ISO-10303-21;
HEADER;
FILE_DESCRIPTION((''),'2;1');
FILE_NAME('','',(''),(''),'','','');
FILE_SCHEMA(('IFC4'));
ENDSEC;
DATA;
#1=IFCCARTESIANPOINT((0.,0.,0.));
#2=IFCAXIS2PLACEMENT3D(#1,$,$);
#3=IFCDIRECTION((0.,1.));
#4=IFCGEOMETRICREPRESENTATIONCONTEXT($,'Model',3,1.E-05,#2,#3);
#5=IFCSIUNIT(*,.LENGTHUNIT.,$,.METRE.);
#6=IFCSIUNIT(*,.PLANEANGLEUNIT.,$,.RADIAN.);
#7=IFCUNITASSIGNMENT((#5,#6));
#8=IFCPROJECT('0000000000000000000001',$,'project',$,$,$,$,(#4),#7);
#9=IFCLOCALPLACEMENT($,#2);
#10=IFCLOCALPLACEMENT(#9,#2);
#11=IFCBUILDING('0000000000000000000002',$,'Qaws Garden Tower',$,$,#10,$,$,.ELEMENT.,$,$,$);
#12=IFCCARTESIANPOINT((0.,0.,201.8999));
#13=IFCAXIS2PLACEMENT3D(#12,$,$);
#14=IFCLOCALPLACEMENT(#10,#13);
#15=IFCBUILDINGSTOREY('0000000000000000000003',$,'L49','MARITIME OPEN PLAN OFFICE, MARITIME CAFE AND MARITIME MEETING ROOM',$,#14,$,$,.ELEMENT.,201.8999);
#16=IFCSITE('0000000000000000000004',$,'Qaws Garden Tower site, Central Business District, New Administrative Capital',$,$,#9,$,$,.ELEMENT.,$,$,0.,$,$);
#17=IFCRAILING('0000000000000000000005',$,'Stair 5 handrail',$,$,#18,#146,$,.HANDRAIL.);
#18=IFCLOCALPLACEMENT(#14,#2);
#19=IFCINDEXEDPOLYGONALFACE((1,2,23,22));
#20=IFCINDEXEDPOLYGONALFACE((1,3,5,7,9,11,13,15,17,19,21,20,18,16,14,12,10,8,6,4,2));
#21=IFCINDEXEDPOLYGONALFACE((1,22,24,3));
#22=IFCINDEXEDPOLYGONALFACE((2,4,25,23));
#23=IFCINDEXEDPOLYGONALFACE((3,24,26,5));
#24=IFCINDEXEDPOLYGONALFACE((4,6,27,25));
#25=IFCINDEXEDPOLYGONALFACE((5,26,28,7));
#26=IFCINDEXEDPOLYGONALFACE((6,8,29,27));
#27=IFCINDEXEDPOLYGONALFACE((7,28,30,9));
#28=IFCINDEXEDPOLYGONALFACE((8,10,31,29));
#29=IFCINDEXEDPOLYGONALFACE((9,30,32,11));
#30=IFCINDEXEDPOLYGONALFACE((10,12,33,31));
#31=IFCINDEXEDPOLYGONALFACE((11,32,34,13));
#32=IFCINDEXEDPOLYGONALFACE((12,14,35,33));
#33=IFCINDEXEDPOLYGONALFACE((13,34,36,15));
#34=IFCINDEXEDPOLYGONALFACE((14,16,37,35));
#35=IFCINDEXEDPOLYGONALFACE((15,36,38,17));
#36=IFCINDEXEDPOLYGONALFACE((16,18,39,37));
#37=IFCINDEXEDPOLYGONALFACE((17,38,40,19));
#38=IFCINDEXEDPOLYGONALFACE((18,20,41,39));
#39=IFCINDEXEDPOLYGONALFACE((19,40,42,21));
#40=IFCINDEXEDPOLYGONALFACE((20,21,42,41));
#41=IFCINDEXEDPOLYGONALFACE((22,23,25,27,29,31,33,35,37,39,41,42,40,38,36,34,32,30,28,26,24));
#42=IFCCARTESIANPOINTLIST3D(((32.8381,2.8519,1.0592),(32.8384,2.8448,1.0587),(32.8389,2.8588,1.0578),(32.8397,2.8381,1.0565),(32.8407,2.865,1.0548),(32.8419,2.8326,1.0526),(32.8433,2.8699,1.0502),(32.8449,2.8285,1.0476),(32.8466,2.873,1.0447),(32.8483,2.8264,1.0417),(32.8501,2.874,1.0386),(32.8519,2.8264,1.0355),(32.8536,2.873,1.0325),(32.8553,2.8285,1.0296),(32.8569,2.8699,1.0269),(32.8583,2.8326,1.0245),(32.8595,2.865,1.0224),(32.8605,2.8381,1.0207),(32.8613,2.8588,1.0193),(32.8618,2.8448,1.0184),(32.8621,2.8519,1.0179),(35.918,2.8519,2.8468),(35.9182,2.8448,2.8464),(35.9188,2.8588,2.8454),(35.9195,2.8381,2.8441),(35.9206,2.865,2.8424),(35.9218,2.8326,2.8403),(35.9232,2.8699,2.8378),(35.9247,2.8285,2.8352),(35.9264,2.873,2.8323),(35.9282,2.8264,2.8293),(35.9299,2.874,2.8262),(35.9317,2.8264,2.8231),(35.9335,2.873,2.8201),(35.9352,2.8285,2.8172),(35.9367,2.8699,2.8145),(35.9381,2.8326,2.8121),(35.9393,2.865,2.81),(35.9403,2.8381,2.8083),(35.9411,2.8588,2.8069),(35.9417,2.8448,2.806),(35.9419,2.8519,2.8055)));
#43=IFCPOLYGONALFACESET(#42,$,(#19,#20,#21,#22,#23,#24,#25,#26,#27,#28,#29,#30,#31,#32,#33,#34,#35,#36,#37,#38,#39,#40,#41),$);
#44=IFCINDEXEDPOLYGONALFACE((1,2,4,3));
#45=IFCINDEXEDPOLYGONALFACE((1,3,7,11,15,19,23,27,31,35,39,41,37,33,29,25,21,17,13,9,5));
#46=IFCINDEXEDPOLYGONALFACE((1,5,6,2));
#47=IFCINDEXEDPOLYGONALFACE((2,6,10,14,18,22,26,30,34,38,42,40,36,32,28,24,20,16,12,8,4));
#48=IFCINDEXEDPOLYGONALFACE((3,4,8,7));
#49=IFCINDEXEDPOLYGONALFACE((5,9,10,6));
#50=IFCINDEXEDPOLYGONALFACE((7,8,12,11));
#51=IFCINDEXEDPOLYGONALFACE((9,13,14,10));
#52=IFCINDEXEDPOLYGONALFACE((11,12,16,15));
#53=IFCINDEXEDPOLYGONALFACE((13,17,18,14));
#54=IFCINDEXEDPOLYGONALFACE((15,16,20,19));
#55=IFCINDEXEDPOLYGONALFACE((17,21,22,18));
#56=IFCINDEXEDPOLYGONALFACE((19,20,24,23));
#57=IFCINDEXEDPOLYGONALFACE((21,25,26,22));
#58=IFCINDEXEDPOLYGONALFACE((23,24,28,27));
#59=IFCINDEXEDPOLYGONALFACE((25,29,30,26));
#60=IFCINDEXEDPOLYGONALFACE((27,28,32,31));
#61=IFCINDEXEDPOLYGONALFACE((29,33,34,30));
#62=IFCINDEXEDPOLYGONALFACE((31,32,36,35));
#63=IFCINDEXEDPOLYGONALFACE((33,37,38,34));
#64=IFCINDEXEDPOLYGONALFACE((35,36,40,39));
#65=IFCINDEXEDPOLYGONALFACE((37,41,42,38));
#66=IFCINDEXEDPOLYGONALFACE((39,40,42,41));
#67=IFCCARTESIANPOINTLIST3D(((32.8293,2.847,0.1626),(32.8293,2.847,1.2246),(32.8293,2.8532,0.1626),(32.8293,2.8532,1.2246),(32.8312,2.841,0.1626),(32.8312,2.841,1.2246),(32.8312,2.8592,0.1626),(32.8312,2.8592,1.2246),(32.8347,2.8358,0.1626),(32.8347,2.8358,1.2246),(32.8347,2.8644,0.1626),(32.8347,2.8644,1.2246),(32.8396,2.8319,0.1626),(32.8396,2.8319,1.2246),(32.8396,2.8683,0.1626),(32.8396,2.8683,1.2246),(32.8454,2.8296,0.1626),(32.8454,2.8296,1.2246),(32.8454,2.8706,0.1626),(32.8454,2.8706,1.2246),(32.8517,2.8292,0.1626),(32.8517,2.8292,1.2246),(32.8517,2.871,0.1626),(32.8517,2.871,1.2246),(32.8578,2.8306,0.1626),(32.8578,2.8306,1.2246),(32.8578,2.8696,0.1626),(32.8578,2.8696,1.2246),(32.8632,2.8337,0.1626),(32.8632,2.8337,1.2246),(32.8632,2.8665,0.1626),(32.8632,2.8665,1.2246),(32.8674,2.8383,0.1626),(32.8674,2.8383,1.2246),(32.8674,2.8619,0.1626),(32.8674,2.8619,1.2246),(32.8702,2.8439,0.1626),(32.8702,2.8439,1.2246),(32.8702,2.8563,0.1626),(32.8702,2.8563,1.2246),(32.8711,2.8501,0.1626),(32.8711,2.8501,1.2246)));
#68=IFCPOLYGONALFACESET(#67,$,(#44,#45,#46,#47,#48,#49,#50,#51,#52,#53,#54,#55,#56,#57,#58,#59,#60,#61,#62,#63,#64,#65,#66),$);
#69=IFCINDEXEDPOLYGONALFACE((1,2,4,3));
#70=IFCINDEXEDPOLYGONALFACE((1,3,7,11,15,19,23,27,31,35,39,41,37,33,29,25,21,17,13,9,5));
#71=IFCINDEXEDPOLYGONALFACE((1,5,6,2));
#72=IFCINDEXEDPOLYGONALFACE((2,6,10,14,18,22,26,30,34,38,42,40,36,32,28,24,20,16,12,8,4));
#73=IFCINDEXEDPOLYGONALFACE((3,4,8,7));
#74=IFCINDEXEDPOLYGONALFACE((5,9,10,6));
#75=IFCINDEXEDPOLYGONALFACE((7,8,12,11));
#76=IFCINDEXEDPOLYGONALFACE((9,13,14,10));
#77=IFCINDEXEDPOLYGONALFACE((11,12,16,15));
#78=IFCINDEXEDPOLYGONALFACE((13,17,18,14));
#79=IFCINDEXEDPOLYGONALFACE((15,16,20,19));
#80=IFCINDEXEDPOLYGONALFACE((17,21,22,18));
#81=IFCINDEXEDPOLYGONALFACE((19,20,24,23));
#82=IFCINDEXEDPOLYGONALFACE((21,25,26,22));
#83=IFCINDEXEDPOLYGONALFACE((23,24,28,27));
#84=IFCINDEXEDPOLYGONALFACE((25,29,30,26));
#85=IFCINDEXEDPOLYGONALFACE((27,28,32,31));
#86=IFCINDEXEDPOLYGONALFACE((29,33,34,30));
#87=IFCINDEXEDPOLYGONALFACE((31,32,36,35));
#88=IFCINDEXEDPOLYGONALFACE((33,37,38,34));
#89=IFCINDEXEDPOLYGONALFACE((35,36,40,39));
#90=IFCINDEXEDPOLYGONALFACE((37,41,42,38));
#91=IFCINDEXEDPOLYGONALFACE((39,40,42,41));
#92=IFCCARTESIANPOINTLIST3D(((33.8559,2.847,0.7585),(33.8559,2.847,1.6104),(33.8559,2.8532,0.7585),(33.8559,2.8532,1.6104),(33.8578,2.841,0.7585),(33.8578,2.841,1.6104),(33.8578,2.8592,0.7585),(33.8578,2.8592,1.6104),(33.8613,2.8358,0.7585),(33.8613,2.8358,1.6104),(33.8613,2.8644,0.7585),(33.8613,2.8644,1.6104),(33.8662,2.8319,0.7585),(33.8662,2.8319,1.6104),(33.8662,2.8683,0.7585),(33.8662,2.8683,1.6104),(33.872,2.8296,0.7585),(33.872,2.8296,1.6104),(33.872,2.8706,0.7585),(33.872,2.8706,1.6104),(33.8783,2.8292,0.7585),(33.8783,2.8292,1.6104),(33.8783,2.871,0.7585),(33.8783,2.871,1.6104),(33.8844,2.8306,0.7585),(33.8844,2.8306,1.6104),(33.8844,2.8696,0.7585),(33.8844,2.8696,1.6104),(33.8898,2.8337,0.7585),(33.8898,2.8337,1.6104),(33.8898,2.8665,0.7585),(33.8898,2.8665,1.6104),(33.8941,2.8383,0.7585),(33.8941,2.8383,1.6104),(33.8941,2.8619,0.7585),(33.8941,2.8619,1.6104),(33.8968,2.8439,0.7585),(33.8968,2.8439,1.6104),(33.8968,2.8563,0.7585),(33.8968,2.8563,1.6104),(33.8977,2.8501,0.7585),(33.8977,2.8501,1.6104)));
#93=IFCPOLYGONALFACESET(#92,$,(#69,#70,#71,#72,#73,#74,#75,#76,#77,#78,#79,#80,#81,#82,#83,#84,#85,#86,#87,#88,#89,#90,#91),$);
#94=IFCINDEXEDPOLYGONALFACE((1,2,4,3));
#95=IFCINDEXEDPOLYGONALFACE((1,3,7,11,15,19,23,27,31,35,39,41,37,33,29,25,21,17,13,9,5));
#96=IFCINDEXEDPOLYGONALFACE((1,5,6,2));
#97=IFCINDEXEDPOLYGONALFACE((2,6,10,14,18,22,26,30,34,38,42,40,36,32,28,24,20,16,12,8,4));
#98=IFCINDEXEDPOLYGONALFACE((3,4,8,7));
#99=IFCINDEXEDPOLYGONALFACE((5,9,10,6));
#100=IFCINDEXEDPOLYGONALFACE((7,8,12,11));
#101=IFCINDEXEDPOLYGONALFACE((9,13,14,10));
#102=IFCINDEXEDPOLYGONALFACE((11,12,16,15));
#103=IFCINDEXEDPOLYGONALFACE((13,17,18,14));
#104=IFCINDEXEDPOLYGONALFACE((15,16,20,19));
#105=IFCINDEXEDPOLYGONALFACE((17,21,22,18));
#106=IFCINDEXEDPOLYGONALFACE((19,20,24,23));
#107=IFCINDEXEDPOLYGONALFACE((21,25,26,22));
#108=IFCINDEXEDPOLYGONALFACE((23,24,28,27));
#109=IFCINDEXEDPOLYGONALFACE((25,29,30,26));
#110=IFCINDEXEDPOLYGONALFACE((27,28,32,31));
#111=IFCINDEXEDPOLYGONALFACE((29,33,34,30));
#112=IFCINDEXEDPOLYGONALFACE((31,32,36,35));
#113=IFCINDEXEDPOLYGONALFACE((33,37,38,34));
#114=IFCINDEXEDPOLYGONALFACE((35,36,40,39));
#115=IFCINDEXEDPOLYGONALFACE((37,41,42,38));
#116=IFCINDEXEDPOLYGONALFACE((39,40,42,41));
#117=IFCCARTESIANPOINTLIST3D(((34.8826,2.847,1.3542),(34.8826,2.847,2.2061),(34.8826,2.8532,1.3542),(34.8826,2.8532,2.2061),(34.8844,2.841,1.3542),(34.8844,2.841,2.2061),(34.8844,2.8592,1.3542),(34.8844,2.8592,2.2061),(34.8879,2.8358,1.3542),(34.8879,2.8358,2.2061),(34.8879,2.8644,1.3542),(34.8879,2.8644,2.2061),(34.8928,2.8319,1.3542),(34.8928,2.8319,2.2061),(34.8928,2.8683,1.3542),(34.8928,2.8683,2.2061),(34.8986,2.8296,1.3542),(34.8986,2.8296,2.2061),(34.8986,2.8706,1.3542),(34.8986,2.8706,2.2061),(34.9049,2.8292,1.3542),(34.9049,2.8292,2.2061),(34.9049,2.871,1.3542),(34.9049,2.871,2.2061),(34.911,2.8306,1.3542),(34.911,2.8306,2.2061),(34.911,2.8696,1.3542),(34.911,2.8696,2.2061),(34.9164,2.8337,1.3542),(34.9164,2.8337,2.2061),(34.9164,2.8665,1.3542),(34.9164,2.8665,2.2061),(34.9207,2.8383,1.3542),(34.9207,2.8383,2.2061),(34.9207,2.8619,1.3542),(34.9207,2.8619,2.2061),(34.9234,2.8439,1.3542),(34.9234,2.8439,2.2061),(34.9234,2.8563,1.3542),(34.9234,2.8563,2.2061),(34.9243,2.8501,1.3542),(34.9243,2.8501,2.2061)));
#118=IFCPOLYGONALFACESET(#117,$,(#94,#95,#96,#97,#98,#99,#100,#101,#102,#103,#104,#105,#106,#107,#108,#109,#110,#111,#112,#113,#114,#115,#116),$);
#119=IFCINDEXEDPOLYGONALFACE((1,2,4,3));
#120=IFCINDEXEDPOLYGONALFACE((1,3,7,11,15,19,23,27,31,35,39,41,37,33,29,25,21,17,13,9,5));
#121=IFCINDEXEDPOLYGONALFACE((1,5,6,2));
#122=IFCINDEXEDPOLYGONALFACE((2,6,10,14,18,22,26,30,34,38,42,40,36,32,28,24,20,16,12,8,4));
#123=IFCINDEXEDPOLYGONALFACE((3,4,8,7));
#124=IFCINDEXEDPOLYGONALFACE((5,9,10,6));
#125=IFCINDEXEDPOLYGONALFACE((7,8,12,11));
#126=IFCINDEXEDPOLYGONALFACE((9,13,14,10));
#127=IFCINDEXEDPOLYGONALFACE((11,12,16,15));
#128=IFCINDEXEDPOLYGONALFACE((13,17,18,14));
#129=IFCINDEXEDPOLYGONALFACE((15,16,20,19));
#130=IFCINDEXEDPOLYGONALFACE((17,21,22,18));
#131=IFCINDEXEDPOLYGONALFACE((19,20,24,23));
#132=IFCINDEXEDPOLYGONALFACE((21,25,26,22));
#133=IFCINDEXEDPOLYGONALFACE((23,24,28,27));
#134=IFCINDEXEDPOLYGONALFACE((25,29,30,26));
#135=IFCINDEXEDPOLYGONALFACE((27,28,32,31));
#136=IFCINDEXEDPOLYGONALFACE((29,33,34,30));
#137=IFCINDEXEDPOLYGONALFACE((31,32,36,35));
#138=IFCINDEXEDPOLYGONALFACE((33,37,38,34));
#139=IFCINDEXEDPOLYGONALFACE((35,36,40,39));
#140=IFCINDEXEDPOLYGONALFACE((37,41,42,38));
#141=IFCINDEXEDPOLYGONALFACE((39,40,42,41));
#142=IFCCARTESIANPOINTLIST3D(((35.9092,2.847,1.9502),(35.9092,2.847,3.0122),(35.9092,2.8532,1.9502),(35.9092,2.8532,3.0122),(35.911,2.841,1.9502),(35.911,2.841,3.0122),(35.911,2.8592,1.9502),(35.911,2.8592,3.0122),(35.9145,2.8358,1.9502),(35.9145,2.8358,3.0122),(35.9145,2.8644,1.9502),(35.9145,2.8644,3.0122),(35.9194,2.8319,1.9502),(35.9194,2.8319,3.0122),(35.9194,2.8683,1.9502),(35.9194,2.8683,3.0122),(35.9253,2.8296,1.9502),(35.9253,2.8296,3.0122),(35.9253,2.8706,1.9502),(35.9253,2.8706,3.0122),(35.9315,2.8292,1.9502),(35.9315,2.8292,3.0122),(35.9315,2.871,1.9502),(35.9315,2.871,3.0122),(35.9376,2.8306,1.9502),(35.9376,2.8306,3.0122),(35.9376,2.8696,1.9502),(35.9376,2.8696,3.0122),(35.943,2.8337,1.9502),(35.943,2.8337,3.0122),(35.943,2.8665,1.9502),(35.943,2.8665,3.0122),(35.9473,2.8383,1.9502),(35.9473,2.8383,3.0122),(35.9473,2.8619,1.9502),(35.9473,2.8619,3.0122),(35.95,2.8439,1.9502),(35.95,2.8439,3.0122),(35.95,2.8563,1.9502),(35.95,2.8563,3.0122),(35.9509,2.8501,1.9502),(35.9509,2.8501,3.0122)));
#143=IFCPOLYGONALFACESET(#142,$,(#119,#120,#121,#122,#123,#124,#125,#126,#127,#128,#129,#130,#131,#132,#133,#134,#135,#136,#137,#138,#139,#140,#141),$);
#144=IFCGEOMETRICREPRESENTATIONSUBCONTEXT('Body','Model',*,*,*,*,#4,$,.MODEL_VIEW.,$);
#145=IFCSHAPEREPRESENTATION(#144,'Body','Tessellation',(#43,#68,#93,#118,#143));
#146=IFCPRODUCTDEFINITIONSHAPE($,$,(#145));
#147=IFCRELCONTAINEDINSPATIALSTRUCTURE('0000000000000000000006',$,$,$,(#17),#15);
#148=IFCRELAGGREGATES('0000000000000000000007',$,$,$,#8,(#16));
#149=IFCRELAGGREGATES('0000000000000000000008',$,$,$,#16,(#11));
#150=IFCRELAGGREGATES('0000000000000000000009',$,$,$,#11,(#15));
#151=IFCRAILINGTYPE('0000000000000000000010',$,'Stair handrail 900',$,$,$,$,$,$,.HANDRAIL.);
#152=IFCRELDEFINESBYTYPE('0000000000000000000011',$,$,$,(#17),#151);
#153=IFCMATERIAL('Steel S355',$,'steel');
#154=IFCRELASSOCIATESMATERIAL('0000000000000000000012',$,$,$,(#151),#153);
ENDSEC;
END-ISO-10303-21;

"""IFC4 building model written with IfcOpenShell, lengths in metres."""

from ifc_helpers import new_model, si_unit, direction, frame, origin, origin_2d, place, context, subcontext, project, spatial, circle, extrude, material, type_object, element, save


model = new_model("IFC4")

# Units and contexts
model_context = context("Model", 3, precision=1e-05, world=origin(), true_north=direction((0.0, 1.0)))
body_context = subcontext(model_context, "Body", "Model", "MODEL_VIEW")
ifc_project = project(units=[si_unit("LENGTHUNIT", "METRE"), si_unit("PLANEANGLEUNIT", "RADIAN")], contexts=[model_context])

# Site, building, storey
site_placement = place(None, origin())
site = spatial("IfcSite", under=ifc_project, at=site_placement, Name="Qaws Garden Tower site, Central Business District, New Administrative Capital", CompositionType="ELEMENT", RefElevation=0.0)
building_placement = place(site_placement, origin())
building = spatial("IfcBuilding", under=site, at=building_placement, Name="Qaws Garden Tower", CompositionType="ELEMENT")
storey_placement = place(building_placement, frame((0.0, 0.0, 201.8999)))
storey = spatial("IfcBuildingStorey", under=building, at=storey_placement, Name="L49", Description="MARITIME OPEN PLAN OFFICE, MARITIME CAFE AND MARITIME MEETING ROOM", CompositionType="ELEMENT", Elevation=201.8999)

# Railing
ifc_material_1 = material(Name="Steel S355", Category="steel")
railing_type = type_object("IfcRailingType", Name="Stair handrail 900", PredefinedType="HANDRAIL", material=ifc_material_1)
railing_placement = place(storey_placement, frame((32.8501, 2.8501, 0.1626)))
element("IfcRailing", 1, at=railing_placement, inside=storey, type_object=railing_type, Name="Stair 5 handrail", PredefinedType="HANDRAIL", context=body_context, shape_type="SweptSolid", body=[
    extrude(circle(Radius=0.0239, at=origin_2d()), frame((0.0, 0.0, 0.876), z_axis=(0.864873, 0.0, 0.50199), x_axis=(0.0, 1.0, 0.0)), (0.0, 0.0, 1.0), 3.561),
    extrude(circle(Radius=0.021, at=origin_2d()), origin(), (0.0, 0.0, 1.0), 1.062),
    extrude(circle(Radius=0.021, at=origin_2d()), frame((1.0266, 0.0, 0.5959)), (0.0, 0.0, 1.0), 0.8518),
    extrude(circle(Radius=0.021, at=origin_2d()), frame((2.0532, 0.0, 1.1917)), (0.0, 0.0, 1.0), 0.8518),
    extrude(circle(Radius=0.021, at=origin_2d()), frame((3.0798, 0.0, 1.7876)), (0.0, 0.0, 1.0), 1.062),
])

save(model, "model.ifc")
